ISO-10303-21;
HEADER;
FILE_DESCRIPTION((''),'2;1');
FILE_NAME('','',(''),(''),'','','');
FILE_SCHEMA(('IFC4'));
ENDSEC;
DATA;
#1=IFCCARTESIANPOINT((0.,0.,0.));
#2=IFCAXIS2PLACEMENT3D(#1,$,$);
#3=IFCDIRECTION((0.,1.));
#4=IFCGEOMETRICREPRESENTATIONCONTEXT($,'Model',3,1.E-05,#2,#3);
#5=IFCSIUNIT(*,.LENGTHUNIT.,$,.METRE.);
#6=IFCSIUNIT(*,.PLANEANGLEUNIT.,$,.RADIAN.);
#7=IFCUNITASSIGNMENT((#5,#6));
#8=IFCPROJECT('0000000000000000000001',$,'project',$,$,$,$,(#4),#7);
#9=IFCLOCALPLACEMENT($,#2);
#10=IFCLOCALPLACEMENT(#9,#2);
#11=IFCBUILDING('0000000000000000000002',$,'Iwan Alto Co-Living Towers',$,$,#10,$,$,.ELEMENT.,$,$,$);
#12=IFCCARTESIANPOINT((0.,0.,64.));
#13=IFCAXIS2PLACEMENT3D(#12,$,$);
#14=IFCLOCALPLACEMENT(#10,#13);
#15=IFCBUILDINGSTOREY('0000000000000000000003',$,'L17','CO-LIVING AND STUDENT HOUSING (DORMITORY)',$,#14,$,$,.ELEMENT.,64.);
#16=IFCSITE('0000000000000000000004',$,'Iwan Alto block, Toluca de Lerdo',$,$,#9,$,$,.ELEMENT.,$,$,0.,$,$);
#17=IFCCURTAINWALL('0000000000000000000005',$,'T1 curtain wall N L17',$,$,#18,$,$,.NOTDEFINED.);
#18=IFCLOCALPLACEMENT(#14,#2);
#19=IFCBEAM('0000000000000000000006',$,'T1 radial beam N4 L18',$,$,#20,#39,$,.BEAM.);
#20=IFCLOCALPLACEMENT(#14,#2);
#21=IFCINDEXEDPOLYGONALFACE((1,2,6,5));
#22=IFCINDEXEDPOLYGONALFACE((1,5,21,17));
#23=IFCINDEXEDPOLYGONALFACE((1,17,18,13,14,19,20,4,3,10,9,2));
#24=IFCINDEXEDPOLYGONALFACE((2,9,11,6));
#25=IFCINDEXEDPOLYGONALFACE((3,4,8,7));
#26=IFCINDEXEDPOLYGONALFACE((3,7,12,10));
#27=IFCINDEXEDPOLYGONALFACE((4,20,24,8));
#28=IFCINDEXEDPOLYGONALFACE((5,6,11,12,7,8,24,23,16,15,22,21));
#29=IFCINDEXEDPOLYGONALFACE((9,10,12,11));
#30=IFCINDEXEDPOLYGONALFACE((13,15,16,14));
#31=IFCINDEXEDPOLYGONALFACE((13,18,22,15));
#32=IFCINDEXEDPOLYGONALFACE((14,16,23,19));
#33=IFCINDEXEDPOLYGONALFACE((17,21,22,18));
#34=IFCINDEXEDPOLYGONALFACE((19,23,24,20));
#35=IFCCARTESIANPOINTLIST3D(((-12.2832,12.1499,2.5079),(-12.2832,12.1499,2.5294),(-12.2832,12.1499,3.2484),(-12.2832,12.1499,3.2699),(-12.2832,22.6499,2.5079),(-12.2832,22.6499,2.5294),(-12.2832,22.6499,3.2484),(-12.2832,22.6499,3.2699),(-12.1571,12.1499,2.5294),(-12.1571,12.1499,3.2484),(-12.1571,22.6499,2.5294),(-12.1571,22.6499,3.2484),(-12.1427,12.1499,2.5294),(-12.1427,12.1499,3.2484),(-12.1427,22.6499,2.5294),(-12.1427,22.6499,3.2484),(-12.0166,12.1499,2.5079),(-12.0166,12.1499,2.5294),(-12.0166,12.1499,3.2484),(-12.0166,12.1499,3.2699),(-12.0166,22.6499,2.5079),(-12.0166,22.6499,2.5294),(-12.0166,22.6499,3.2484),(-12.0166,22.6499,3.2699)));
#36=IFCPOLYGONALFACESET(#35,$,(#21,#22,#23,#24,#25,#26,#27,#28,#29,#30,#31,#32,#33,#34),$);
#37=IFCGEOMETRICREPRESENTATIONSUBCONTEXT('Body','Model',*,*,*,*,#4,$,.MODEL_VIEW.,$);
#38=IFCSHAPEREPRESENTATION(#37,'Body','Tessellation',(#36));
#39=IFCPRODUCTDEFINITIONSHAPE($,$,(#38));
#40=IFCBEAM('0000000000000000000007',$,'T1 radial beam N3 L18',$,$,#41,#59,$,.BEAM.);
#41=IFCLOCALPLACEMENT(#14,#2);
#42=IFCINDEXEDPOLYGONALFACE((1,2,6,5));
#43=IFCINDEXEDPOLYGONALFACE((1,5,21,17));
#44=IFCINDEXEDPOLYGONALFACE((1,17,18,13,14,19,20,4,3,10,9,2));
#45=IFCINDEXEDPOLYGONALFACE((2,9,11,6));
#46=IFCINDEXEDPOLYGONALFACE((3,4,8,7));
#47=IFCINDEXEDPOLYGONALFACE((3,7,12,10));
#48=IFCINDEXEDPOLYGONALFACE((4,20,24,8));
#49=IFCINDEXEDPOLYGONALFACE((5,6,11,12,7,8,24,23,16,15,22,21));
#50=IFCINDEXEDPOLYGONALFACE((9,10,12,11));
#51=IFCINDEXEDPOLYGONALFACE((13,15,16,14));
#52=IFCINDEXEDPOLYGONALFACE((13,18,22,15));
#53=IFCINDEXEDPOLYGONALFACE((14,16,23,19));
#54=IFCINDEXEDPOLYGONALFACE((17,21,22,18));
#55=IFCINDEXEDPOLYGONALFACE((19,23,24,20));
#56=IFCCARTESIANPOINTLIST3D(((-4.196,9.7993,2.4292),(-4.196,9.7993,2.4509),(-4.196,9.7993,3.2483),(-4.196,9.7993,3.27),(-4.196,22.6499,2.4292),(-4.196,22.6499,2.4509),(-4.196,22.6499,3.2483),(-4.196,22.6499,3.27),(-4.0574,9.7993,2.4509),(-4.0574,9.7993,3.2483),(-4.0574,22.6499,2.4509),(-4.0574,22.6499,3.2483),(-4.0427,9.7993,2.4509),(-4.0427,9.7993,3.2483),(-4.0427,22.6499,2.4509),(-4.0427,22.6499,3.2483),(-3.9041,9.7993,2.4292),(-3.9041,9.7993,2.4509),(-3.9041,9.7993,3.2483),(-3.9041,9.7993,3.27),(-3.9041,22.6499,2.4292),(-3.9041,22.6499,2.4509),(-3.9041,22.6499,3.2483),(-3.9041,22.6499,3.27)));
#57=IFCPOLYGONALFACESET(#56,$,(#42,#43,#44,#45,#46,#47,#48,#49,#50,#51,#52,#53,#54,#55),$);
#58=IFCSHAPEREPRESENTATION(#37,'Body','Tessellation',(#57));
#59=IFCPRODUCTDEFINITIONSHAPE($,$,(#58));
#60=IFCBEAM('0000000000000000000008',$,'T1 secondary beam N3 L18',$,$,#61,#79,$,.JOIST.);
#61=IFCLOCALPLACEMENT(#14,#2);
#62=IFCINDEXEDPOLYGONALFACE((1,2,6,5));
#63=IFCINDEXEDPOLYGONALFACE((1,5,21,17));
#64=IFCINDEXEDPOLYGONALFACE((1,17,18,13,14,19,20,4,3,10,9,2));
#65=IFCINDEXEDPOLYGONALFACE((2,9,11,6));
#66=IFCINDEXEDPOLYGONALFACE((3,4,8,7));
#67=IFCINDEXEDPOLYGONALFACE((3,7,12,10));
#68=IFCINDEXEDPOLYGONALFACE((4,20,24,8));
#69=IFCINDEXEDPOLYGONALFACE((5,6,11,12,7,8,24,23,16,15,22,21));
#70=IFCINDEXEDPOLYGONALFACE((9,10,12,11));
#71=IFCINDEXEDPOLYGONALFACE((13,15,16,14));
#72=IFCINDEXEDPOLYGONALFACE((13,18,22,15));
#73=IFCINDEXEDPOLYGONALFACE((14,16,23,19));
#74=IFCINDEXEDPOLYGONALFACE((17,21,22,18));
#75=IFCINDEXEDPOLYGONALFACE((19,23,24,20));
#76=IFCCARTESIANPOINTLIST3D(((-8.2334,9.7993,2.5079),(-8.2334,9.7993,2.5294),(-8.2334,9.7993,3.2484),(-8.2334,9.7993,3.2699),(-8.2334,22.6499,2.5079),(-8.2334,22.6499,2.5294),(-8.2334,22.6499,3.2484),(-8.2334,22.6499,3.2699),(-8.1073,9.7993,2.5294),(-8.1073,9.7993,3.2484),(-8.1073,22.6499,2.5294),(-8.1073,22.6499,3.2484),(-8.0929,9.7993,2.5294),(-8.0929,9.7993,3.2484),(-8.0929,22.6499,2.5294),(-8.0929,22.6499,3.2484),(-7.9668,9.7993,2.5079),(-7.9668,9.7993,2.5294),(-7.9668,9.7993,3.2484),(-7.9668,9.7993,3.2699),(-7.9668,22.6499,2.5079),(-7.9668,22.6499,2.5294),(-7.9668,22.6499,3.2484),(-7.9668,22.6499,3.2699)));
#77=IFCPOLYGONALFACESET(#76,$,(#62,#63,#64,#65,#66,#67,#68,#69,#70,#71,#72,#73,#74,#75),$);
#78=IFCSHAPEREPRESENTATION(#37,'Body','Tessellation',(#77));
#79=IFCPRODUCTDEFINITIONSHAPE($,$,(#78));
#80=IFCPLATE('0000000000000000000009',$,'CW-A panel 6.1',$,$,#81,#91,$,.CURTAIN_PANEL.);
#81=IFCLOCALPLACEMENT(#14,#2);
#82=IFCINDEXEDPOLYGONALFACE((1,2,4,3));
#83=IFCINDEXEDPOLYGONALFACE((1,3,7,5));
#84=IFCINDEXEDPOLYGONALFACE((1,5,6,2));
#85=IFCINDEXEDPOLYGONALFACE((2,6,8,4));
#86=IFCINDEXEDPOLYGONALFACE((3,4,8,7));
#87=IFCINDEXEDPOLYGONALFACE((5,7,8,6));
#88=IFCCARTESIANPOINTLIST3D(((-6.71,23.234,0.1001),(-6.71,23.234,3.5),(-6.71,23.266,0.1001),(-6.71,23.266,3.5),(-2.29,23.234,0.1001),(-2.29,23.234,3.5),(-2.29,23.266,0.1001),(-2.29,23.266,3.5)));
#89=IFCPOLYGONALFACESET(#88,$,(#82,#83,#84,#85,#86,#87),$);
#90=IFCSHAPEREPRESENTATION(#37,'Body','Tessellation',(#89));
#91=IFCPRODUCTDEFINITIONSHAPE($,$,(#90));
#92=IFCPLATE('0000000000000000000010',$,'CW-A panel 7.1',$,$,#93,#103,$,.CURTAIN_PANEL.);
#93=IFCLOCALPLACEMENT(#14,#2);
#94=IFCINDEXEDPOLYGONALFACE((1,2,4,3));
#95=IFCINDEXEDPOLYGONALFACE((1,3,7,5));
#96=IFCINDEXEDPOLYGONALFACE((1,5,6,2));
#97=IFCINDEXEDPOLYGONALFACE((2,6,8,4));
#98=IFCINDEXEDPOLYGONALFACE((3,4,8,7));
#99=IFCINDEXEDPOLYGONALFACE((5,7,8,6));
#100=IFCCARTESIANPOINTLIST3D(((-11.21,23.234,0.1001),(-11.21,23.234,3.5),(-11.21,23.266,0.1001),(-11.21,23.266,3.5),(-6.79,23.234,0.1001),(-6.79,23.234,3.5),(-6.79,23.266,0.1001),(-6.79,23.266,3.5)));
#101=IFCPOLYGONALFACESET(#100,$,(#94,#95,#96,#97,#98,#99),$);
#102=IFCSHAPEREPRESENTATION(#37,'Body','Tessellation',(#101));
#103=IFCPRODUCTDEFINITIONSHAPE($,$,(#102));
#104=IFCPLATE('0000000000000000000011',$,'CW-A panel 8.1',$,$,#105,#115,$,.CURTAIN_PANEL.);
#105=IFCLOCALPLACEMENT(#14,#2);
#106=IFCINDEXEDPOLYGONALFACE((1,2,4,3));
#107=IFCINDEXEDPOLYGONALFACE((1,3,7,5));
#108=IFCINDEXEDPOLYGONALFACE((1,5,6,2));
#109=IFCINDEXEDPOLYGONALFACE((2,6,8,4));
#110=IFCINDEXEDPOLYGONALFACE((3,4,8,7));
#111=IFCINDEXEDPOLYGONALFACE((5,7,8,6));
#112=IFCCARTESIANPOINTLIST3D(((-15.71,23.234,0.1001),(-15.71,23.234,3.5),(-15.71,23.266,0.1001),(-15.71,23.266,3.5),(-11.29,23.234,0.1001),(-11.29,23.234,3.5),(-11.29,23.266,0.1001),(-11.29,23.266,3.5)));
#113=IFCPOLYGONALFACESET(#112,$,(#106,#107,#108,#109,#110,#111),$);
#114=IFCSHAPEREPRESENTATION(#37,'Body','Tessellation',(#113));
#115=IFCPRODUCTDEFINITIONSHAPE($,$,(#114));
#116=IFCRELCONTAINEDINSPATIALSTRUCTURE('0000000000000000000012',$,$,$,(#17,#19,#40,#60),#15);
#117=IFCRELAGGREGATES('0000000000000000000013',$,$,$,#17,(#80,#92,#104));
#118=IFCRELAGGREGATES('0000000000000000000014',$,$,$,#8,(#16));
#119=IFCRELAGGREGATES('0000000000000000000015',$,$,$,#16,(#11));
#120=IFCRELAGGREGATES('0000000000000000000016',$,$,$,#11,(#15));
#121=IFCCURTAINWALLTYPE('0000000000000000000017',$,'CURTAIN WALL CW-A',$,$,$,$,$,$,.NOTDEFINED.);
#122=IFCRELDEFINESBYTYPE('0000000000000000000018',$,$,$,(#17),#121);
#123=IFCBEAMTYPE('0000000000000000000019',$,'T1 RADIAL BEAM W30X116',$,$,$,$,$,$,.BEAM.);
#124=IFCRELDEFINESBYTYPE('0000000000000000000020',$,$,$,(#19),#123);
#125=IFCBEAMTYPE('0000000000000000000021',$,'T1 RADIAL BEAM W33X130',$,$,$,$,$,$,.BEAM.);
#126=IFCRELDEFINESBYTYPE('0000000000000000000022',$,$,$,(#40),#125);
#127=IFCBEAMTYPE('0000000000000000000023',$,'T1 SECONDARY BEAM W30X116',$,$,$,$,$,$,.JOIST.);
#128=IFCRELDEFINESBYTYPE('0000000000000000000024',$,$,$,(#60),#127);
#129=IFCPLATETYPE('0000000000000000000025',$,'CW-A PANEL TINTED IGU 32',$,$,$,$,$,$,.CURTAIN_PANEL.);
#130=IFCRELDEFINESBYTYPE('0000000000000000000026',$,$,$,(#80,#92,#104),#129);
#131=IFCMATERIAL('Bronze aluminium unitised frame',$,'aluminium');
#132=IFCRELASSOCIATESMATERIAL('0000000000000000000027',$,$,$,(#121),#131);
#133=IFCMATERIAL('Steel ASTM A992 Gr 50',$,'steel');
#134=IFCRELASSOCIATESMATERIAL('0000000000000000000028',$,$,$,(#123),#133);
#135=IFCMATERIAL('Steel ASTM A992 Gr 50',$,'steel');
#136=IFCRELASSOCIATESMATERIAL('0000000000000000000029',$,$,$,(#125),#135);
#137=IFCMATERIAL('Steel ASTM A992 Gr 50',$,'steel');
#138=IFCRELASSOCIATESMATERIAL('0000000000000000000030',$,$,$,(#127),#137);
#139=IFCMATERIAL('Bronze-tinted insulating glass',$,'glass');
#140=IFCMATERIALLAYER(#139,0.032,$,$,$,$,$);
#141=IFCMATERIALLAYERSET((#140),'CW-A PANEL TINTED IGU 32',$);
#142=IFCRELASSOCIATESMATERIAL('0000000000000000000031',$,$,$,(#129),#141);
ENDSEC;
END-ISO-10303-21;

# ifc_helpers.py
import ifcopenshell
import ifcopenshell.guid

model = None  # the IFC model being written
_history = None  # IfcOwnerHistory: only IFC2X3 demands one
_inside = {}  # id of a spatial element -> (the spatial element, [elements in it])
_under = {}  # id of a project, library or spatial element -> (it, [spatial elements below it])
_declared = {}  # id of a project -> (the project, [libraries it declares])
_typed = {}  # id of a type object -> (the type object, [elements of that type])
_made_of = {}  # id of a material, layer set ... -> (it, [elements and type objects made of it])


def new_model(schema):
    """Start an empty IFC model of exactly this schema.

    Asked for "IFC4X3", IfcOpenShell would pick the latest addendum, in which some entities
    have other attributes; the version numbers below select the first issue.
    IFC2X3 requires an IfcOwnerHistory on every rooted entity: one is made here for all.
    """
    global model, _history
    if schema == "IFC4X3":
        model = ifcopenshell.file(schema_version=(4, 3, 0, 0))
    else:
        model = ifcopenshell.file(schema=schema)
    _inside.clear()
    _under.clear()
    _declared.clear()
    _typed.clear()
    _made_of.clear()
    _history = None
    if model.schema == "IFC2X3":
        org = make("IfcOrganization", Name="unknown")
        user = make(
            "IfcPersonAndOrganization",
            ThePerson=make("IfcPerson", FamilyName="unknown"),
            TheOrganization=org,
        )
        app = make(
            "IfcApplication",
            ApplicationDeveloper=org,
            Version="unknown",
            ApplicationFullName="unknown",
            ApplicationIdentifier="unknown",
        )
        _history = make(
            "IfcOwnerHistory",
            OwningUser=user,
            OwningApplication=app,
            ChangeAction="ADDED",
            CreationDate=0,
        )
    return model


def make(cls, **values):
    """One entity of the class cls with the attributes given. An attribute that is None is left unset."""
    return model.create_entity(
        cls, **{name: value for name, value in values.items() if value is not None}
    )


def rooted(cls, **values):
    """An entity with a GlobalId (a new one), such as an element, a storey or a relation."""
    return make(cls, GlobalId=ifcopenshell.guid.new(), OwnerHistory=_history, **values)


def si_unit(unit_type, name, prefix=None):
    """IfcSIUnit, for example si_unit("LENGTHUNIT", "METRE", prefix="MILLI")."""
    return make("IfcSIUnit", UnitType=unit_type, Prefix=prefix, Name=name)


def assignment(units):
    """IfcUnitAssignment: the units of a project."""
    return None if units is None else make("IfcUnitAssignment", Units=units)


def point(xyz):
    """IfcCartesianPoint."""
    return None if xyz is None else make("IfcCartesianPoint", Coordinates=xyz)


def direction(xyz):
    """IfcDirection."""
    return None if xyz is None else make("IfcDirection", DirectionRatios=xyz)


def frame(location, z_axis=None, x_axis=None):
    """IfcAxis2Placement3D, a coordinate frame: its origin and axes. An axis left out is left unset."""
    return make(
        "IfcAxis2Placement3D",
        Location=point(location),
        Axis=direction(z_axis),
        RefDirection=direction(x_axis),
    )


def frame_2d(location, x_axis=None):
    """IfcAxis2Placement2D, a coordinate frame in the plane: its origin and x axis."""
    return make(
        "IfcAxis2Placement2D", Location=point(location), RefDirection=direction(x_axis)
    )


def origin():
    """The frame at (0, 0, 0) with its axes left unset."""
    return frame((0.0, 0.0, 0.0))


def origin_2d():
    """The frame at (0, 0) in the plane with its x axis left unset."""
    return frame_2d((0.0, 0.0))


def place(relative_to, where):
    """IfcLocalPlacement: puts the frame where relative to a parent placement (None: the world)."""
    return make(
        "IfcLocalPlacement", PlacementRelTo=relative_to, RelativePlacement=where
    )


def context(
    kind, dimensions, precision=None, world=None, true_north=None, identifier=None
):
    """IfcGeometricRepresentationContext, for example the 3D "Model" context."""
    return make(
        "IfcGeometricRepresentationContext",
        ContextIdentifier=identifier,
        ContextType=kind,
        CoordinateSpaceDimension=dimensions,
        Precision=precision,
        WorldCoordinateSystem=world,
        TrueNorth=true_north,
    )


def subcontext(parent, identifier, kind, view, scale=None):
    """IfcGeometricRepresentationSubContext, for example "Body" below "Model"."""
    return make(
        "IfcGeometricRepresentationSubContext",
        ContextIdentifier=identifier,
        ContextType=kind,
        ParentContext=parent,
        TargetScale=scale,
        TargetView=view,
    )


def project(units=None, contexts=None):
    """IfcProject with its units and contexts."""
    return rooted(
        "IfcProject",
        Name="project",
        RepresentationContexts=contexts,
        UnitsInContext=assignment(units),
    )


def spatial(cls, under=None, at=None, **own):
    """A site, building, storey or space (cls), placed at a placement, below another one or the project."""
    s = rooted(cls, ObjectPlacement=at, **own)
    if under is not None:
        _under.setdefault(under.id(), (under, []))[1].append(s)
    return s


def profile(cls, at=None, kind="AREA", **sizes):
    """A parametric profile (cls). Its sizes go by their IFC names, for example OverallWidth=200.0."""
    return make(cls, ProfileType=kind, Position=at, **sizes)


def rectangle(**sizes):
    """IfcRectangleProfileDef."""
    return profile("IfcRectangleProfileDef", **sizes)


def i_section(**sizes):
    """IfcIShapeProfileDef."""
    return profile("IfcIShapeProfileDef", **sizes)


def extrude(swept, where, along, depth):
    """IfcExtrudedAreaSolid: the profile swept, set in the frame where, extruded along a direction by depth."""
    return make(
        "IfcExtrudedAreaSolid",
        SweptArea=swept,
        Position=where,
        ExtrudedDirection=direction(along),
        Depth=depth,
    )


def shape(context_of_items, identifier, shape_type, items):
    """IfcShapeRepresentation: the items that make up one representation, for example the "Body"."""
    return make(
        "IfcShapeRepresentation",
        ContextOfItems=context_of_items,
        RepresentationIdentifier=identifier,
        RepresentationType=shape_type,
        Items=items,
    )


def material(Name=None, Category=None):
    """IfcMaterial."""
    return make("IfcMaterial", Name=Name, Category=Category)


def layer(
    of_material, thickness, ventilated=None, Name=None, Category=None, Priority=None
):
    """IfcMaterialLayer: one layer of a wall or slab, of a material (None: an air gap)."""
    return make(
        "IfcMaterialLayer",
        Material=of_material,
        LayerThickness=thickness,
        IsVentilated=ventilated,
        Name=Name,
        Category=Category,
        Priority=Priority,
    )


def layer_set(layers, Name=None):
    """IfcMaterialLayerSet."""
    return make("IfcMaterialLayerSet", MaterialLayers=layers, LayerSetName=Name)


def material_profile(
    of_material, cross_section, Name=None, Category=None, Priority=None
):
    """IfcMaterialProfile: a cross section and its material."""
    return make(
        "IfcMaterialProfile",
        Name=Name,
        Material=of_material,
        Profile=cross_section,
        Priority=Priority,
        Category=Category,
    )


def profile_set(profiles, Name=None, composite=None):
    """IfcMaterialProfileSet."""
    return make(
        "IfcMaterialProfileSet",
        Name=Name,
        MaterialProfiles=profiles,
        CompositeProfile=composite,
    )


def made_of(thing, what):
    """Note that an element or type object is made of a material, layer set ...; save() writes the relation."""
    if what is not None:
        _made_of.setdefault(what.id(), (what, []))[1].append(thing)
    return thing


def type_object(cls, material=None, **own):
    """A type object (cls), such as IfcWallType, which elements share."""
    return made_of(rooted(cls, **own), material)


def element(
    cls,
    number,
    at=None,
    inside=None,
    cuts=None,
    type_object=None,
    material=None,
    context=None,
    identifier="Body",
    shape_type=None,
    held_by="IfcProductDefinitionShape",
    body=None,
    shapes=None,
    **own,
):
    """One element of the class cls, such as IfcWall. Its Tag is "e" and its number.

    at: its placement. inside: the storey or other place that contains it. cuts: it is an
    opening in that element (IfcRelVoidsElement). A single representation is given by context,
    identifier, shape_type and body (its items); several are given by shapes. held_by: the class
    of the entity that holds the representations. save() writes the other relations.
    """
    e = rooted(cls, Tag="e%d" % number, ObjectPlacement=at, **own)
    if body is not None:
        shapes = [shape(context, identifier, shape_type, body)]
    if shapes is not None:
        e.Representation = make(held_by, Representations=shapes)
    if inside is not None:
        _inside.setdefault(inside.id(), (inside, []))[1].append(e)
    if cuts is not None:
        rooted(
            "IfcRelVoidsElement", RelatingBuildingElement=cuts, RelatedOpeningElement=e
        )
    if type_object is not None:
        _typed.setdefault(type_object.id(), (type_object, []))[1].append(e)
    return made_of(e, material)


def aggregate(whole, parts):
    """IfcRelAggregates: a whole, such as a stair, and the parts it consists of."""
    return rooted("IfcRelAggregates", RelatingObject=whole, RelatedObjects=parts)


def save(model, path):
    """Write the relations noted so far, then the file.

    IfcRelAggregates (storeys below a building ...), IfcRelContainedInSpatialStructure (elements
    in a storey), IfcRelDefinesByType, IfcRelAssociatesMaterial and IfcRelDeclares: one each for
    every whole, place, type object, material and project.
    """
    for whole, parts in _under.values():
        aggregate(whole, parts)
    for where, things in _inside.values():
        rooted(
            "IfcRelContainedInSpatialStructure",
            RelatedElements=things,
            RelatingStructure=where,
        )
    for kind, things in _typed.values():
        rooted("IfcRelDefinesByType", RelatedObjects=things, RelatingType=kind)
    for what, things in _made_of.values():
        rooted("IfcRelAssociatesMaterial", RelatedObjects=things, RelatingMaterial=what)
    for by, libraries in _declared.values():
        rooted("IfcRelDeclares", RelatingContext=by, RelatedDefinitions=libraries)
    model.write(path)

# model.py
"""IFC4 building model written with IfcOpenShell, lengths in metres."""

from ifc_helpers import new_model, si_unit, direction, frame, origin, origin_2d, place, context, subcontext, project, spatial, rectangle, i_section, extrude, material, layer, layer_set, material_profile, profile_set, type_object, element, aggregate, save


model = new_model("IFC4")

# Units and contexts
model_context = context("Model", 3, precision=1e-05, world=origin(), true_north=direction((0.0, 1.0)))
body_context = subcontext(model_context, "Body", "Model", "MODEL_VIEW")
ifc_project = project(units=[si_unit("LENGTHUNIT", "METRE"), si_unit("PLANEANGLEUNIT", "RADIAN")], contexts=[model_context])

# Site, building, storey
site_placement = place(None, origin())
site = spatial("IfcSite", under=ifc_project, at=site_placement, Name="Iwan Alto block, Toluca de Lerdo", CompositionType="ELEMENT", RefElevation=0.0)
building_placement = place(site_placement, origin())
building = spatial("IfcBuilding", under=site, at=building_placement, Name="Iwan Alto Co-Living Towers", CompositionType="ELEMENT")
storey_placement = place(building_placement, frame((0.0, 0.0, 64.0)))
storey = spatial("IfcBuildingStorey", under=building, at=storey_placement, Name="L17", Description="CO-LIVING AND STUDENT HOUSING (DORMITORY)", CompositionType="ELEMENT", Elevation=64.0)

# Curtain wall
ifc_material_1 = material(Name="Bronze aluminium unitised frame", Category="aluminium")
curtain_wall_type = type_object("IfcCurtainWallType", Name="CURTAIN WALL CW-A", PredefinedType="NOTDEFINED", material=ifc_material_1)
curtain_wall_placement = place(storey_placement, origin())
curtain_wall = element("IfcCurtainWall", 1, at=curtain_wall_placement, inside=storey, type_object=curtain_wall_type, Name="T1 curtain wall N L17", PredefinedType="NOTDEFINED")

# Beams
ifc_material_2 = material(Name="Steel ASTM A992 Gr 50", Category="steel")
ifc_material_profile_1 = material_profile(ifc_material_2, i_section(OverallWidth=0.2666, OverallDepth=0.762, WebThickness=0.0144, FlangeThickness=0.0215, at=origin_2d()), Name="W30X116")
ifc_profile_set_1 = profile_set([ifc_material_profile_1], Name="Steel ASTM A992 Gr 50")
beam_type_1 = type_object("IfcBeamType", Name="T1 RADIAL BEAM W30X116", PredefinedType="BEAM", material=ifc_profile_set_1)
beam_1_placement = place(storey_placement, frame((-12.1499, 22.6499, 2.8889), z_axis=(0.0, -1.0, 0.0), x_axis=(1.0, 0.0, 0.0)))
element("IfcBeam", 2, at=beam_1_placement, inside=storey, type_object=beam_type_1, Name="T1 radial beam N4 L18", PredefinedType="BEAM", context=body_context, shape_type="SweptSolid", body=[
    extrude(i_section(OverallWidth=0.2666, OverallDepth=0.762, WebThickness=0.0144, FlangeThickness=0.0215, at=origin_2d()), origin(), (0.0, 0.0, 1.0), 10.5),
])
ifc_material_3 = material(Name="Steel ASTM A992 Gr 50", Category="steel")
ifc_material_profile_2 = material_profile(ifc_material_3, i_section(OverallWidth=0.292, OverallDepth=0.8408, WebThickness=0.0146, FlangeThickness=0.0217, at=origin_2d()), Name="W33X130")
ifc_profile_set_2 = profile_set([ifc_material_profile_2], Name="Steel ASTM A992 Gr 50")
beam_type_2 = type_object("IfcBeamType", Name="T1 RADIAL BEAM W33X130", PredefinedType="BEAM", material=ifc_profile_set_2)
beam_2_placement = place(storey_placement, frame((-4.05, 22.6499, 2.8496), z_axis=(0.0, -1.0, 0.0), x_axis=(1.0, 0.0, 0.0)))
element("IfcBeam", 3, at=beam_2_placement, inside=storey, type_object=beam_type_2, Name="T1 radial beam N3 L18", PredefinedType="BEAM", context=body_context, shape_type="SweptSolid", body=[
    extrude(i_section(OverallWidth=0.292, OverallDepth=0.8408, WebThickness=0.0146, FlangeThickness=0.0217, at=origin_2d()), origin(), (0.0, 0.0, 1.0), 12.8506),
])
ifc_material_4 = material(Name="Steel ASTM A992 Gr 50", Category="steel")
ifc_material_profile_3 = material_profile(ifc_material_4, i_section(OverallWidth=0.2666, OverallDepth=0.762, WebThickness=0.0144, FlangeThickness=0.0215, at=origin_2d()), Name="W30X116")
ifc_profile_set_3 = profile_set([ifc_material_profile_3], Name="Steel ASTM A992 Gr 50")
beam_type_3 = type_object("IfcBeamType", Name="T1 SECONDARY BEAM W30X116", PredefinedType="JOIST", material=ifc_profile_set_3)
beam_3_placement = place(storey_placement, frame((-8.1001, 22.6499, 2.8889), z_axis=(0.0, -1.0, 0.0), x_axis=(1.0, 0.0, 0.0)))
element("IfcBeam", 4, at=beam_3_placement, inside=storey, type_object=beam_type_3, Name="T1 secondary beam N3 L18", PredefinedType="JOIST", context=body_context, shape_type="SweptSolid", body=[
    extrude(i_section(OverallWidth=0.2666, OverallDepth=0.762, WebThickness=0.0144, FlangeThickness=0.0215, at=origin_2d()), origin(), (0.0, 0.0, 1.0), 12.8506),
])

# Plates
ifc_material_5 = material(Name="Bronze-tinted insulating glass", Category="glass")
ifc_layer_1 = layer(ifc_material_5, 0.032)
ifc_layer_set_1 = layer_set([ifc_layer_1], Name="CW-A PANEL TINTED IGU 32")
plate_type = type_object("IfcPlateType", Name="CW-A PANEL TINTED IGU 32", PredefinedType="CURTAIN_PANEL", material=ifc_layer_set_1)
plate_1_placement = place(storey_placement, frame((-4.5, 23.25, 0.1001), z_axis=(0.0, 0.0, 1.0), x_axis=(-1.0, 0.0, 0.0)))
plate_1 = element("IfcPlate", 5, at=plate_1_placement, type_object=plate_type, Name="CW-A panel 6.1", PredefinedType="CURTAIN_PANEL", context=body_context, shape_type="SweptSolid", body=[
    extrude(rectangle(XDim=4.4199, YDim=0.032, at=origin_2d()), origin(), (0.0, 0.0, 1.0), 3.3999),
])
plate_2_placement = place(storey_placement, frame((-9.0, 23.25, 0.1001), z_axis=(0.0, 0.0, 1.0), x_axis=(-1.0, 0.0, 0.0)))
plate_2 = element("IfcPlate", 6, at=plate_2_placement, type_object=plate_type, Name="CW-A panel 7.1", PredefinedType="CURTAIN_PANEL", context=body_context, shape_type="SweptSolid", body=[
    extrude(rectangle(XDim=4.4199, YDim=0.032, at=origin_2d()), origin(), (0.0, 0.0, 1.0), 3.3999),
])
plate_3_placement = place(storey_placement, frame((-13.5, 23.25, 0.1001), z_axis=(0.0, 0.0, 1.0), x_axis=(-1.0, 0.0, 0.0)))
plate_3 = element("IfcPlate", 7, at=plate_3_placement, type_object=plate_type, Name="CW-A panel 8.1", PredefinedType="CURTAIN_PANEL", context=body_context, shape_type="SweptSolid", body=[
    extrude(rectangle(XDim=4.4199, YDim=0.032, at=origin_2d()), origin(), (0.0, 0.0, 1.0), 3.3999),
])
aggregate(curtain_wall, [plate_1, plate_2, plate_3])

save(model, "model.ifc")
